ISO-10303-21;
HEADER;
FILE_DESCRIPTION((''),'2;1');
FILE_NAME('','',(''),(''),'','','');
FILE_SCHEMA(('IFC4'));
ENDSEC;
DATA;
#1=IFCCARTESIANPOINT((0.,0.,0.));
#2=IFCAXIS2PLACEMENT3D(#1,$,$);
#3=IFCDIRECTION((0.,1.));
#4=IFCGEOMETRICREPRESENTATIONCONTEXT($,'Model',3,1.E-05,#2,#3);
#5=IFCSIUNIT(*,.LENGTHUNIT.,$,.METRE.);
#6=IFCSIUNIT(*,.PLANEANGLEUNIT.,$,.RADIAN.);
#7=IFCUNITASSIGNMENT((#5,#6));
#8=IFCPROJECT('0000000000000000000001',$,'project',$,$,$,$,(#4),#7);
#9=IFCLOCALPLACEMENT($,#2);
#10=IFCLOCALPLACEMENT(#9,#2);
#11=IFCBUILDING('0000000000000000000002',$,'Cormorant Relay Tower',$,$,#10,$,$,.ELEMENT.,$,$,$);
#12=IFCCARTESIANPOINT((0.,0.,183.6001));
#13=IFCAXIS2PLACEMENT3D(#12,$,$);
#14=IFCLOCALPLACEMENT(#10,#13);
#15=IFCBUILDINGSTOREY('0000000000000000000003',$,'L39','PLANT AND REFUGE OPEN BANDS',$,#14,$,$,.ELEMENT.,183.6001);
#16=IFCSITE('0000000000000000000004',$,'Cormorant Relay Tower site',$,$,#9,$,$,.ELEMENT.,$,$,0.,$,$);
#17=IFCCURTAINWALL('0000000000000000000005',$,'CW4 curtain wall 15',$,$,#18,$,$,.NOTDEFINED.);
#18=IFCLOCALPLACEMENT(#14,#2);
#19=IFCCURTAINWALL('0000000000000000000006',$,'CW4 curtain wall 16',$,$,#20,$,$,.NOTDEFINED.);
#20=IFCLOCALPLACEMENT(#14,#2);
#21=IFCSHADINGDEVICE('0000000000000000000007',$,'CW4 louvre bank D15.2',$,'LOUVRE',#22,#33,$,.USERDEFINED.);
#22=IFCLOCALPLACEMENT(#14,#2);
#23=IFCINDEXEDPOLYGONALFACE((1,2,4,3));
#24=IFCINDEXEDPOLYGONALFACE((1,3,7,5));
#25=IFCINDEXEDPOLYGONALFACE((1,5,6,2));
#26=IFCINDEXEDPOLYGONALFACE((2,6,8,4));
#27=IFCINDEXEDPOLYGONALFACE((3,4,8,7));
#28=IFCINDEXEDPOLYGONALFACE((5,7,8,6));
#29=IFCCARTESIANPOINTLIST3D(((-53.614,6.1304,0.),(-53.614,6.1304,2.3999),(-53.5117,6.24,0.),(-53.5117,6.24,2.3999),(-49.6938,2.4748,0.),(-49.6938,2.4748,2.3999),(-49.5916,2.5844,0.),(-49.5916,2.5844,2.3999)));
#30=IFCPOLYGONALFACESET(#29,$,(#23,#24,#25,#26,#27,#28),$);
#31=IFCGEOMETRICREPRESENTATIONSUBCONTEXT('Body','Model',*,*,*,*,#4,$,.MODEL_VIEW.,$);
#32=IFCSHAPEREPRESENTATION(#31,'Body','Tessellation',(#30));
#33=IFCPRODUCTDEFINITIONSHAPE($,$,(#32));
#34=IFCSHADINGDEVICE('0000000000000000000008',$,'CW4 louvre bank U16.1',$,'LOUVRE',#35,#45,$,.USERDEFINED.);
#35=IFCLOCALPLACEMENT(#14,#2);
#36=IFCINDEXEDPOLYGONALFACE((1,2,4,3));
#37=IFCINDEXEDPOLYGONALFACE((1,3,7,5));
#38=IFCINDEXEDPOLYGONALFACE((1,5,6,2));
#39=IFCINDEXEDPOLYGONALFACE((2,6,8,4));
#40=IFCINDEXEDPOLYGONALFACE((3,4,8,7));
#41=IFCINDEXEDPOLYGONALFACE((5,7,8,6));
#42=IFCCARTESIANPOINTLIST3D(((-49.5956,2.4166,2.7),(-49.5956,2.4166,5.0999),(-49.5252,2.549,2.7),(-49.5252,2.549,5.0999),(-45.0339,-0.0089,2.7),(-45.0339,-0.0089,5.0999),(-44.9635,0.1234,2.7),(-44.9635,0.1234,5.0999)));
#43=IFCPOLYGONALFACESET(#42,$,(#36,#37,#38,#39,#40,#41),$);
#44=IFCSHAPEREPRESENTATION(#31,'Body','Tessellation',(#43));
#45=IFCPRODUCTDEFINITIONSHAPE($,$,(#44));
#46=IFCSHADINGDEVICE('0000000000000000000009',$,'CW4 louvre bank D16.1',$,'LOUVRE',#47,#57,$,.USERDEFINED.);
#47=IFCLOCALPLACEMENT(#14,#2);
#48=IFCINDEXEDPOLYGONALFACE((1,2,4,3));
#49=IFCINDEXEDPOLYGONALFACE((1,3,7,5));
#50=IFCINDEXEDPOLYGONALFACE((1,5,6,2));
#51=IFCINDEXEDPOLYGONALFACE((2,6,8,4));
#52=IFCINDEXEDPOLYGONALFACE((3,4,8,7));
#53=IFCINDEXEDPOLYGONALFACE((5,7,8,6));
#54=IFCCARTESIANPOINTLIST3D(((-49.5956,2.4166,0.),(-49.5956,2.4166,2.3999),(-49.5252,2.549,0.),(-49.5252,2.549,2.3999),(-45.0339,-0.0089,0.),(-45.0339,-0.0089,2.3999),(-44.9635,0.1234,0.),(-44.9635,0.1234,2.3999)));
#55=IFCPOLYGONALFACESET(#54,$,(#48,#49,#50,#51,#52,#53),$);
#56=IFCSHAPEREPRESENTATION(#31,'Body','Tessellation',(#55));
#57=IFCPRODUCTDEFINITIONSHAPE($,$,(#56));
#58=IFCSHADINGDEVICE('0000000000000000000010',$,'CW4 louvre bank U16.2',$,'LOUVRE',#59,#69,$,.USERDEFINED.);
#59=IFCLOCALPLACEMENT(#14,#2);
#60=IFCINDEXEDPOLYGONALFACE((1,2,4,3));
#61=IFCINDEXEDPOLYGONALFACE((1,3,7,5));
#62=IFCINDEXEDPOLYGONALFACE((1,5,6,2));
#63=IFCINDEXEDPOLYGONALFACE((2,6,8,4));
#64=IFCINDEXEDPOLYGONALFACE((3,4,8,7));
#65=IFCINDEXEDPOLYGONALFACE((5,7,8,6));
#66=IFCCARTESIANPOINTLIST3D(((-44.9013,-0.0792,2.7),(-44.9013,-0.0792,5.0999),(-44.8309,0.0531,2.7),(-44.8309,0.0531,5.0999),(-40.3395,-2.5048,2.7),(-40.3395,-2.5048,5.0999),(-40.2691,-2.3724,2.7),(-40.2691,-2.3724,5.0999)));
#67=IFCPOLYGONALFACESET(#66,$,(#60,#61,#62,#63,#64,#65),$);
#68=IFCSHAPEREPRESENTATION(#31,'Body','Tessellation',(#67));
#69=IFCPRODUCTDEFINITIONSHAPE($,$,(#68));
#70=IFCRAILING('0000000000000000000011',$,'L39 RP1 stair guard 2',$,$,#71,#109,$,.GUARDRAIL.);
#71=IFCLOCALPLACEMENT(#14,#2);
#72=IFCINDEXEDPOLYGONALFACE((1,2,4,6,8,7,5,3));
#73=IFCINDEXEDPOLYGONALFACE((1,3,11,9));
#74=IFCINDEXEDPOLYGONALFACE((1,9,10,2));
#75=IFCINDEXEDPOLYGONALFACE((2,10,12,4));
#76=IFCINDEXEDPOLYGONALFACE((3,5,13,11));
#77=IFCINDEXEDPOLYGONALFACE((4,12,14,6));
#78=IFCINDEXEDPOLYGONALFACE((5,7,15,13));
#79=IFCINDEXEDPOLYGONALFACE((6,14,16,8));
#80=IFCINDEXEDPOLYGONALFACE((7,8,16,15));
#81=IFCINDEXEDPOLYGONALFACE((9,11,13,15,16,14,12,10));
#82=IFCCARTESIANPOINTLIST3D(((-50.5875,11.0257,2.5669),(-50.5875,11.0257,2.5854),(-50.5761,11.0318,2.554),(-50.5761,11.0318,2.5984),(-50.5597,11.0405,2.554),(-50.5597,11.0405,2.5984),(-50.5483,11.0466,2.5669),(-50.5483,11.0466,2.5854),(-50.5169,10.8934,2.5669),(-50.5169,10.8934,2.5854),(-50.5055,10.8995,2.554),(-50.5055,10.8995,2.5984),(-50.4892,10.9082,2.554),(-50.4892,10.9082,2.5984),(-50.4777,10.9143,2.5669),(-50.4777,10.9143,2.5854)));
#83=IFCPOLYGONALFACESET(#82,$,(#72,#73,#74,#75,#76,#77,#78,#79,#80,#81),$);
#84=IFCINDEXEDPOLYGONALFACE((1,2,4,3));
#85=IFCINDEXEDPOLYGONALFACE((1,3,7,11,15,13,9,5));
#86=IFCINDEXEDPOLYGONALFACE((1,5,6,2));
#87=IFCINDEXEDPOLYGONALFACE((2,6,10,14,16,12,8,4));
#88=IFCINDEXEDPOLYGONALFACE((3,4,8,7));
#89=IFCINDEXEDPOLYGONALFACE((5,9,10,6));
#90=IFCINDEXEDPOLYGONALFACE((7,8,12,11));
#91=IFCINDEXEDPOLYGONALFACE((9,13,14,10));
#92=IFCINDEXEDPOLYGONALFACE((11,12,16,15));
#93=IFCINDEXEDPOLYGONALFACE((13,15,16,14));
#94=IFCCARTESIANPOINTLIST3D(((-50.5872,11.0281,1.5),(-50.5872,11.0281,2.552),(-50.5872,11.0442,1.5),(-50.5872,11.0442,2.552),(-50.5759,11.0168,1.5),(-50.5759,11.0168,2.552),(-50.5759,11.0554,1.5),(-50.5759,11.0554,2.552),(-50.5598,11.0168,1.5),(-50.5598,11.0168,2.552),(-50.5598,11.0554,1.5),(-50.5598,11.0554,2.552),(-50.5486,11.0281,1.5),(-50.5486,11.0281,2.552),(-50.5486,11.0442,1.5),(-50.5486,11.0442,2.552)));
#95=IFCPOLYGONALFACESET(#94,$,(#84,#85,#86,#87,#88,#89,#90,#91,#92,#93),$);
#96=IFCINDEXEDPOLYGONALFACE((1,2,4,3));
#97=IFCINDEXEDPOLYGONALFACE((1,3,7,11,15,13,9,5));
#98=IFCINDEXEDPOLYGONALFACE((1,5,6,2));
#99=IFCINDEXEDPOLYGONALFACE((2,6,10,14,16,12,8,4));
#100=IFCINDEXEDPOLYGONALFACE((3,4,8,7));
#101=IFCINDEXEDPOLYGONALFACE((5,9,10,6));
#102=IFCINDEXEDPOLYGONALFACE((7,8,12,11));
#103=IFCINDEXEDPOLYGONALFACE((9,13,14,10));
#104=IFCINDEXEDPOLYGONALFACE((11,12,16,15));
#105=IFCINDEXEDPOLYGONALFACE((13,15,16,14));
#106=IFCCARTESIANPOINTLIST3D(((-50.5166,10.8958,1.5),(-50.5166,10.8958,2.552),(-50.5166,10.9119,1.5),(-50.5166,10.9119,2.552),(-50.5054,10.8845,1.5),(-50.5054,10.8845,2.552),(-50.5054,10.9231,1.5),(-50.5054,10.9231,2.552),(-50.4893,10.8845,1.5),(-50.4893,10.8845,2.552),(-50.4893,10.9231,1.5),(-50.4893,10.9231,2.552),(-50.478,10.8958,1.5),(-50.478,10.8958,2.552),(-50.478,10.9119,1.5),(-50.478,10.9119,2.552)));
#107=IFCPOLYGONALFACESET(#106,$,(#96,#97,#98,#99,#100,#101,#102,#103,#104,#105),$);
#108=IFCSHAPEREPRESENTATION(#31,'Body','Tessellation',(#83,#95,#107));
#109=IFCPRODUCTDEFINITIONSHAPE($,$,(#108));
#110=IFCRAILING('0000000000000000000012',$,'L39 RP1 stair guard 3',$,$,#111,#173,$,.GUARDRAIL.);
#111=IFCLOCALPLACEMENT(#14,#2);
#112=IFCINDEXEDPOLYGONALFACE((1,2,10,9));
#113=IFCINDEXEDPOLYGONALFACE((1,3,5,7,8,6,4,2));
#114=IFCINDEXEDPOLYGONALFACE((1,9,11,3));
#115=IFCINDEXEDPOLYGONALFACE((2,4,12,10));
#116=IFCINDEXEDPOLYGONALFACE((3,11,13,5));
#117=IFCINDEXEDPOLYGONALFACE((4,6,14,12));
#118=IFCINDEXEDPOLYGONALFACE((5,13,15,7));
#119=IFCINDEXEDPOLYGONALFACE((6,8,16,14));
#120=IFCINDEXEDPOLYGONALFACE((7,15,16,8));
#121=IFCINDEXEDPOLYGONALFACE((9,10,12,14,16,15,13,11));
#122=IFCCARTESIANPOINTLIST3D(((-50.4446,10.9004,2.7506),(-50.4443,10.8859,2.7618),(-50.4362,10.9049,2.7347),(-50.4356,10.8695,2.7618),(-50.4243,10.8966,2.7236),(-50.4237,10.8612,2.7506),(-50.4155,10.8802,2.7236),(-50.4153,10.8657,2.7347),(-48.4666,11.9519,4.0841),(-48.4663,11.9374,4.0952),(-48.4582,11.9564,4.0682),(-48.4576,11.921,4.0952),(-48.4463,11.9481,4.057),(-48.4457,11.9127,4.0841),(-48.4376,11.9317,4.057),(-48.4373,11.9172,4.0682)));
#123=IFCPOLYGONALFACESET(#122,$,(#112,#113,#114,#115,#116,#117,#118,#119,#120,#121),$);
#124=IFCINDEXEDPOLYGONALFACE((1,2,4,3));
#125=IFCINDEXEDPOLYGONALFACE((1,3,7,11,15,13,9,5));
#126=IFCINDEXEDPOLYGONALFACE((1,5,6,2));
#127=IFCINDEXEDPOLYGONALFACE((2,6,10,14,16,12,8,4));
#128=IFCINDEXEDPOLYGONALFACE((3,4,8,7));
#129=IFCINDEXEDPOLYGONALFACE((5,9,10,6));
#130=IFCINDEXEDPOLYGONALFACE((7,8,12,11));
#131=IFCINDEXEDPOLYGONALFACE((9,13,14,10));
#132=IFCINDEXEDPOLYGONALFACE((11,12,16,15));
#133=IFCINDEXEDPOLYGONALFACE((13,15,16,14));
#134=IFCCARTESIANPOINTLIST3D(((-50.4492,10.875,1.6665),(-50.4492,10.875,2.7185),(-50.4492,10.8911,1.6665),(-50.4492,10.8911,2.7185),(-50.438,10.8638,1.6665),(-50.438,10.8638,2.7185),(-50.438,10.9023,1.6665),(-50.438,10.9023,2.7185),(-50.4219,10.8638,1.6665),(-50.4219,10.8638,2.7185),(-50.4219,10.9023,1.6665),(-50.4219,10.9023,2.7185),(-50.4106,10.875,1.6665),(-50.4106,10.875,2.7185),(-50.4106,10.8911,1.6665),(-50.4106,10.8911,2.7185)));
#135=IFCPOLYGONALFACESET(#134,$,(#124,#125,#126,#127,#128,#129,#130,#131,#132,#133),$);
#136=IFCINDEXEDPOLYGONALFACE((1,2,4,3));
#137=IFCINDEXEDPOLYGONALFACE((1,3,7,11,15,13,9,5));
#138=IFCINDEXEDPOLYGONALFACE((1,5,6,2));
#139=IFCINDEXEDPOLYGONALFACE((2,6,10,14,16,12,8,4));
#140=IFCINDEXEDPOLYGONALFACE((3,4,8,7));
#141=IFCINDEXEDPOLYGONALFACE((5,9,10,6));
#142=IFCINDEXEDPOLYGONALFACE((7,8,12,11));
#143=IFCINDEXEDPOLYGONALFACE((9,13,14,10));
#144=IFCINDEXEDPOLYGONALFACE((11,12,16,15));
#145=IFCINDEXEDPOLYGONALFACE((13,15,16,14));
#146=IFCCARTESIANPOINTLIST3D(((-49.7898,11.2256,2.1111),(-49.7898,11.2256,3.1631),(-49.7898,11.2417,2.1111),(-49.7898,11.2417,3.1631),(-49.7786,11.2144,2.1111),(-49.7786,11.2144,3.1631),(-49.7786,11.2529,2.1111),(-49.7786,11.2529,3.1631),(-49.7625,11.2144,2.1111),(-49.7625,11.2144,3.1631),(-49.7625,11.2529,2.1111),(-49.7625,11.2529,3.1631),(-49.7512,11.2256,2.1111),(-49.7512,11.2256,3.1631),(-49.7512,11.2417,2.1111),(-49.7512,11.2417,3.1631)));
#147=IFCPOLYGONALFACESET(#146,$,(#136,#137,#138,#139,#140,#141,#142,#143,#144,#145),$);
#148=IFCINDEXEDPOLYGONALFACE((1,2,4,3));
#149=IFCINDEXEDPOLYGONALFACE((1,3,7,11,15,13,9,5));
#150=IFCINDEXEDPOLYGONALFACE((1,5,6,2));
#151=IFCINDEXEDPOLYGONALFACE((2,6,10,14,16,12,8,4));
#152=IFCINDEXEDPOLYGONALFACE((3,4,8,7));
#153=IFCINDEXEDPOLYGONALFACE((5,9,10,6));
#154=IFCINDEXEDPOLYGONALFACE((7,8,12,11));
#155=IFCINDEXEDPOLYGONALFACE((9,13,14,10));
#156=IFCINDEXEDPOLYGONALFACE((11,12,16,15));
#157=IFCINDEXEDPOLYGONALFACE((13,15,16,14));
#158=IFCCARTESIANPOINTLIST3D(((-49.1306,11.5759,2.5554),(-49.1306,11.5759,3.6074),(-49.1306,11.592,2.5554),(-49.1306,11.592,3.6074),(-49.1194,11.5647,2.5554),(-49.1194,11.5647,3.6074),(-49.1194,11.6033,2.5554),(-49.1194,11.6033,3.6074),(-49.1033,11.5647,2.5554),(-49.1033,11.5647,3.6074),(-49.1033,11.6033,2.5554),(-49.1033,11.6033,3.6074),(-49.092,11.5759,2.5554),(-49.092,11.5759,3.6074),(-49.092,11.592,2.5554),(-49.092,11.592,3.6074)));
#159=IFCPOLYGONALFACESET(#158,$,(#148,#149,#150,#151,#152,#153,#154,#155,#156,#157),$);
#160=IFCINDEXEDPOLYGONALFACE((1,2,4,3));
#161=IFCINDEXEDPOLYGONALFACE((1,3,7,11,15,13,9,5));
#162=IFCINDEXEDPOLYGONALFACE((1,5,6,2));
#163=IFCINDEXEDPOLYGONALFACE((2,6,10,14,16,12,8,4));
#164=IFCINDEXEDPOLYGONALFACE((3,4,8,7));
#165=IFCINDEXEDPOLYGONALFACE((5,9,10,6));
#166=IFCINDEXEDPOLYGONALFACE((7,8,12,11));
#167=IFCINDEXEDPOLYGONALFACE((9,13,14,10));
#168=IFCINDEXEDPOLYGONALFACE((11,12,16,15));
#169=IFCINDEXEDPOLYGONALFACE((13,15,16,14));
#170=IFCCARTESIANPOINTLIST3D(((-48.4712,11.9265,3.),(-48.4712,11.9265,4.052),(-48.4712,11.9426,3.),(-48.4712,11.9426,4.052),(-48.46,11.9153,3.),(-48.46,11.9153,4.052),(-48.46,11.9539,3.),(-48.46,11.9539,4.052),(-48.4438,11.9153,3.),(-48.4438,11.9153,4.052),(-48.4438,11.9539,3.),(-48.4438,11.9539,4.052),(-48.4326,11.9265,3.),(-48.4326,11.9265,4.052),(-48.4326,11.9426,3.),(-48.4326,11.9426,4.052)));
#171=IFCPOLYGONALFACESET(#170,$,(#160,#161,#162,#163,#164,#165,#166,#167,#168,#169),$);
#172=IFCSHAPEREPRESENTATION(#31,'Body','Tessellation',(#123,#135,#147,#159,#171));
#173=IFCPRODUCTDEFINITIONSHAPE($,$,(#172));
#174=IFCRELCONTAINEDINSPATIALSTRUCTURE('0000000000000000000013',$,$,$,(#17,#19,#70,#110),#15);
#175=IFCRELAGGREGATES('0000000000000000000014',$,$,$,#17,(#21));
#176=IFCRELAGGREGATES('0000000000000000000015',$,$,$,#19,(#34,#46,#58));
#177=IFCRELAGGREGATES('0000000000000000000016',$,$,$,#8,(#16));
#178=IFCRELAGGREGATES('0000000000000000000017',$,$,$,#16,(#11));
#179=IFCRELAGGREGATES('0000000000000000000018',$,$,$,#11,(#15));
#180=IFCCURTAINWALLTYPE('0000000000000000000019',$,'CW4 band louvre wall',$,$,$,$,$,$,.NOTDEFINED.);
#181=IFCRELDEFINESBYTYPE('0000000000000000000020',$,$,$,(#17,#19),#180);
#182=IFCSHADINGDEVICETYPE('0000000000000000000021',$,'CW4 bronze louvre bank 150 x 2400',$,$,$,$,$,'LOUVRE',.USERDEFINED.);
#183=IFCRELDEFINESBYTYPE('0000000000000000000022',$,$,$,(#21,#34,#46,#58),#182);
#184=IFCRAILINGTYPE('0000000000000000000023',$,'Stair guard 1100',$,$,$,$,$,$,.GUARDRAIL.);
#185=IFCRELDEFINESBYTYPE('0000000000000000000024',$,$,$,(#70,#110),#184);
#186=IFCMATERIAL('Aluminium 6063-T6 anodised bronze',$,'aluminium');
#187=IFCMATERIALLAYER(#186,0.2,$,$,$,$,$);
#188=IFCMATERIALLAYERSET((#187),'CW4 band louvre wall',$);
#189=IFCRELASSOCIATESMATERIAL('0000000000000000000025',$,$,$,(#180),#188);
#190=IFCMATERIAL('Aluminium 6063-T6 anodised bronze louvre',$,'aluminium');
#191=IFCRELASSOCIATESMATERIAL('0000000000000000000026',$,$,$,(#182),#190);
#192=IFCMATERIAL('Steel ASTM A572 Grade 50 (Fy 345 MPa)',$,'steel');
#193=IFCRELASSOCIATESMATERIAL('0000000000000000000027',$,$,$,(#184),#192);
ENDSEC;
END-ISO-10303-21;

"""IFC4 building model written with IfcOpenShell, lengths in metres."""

from ifc_helpers import new_model, si_unit, direction, frame, origin, origin_2d, place, context, subcontext, project, spatial, polyline, rectangle, outline, extrude, material, layer, layer_set, type_object, element, aggregate, save


model = new_model("IFC4")

# Units and contexts
model_context = context("Model", 3, precision=1e-05, world=origin(), true_north=direction((0.0, 1.0)))
body_context = subcontext(model_context, "Body", "Model", "MODEL_VIEW")
ifc_project = project(units=[si_unit("LENGTHUNIT", "METRE"), si_unit("PLANEANGLEUNIT", "RADIAN")], contexts=[model_context])

# Site, building, storey
site_placement = place(None, origin())
site = spatial("IfcSite", under=ifc_project, at=site_placement, Name="Cormorant Relay Tower site", CompositionType="ELEMENT", RefElevation=0.0)
building_placement = place(site_placement, origin())
building = spatial("IfcBuilding", under=site, at=building_placement, Name="Cormorant Relay Tower", CompositionType="ELEMENT")
storey_placement = place(building_placement, frame((0.0, 0.0, 183.6001)))
storey = spatial("IfcBuildingStorey", under=building, at=storey_placement, Name="L39", Description="PLANT AND REFUGE OPEN BANDS", CompositionType="ELEMENT", Elevation=183.6001)

# Curtain walls
ifc_material_1 = material(Name="Aluminium 6063-T6 anodised bronze", Category="aluminium")
ifc_layer_1 = layer(ifc_material_1, 0.2)
ifc_layer_set_1 = layer_set([ifc_layer_1], Name="CW4 band louvre wall")
curtain_wall_type = type_object("IfcCurtainWallType", Name="CW4 band louvre wall", PredefinedType="NOTDEFINED", material=ifc_layer_set_1)
curtain_wall_1_placement = place(storey_placement, origin())
curtain_wall_1 = element("IfcCurtainWall", 1, at=curtain_wall_1_placement, inside=storey, type_object=curtain_wall_type, Name="CW4 curtain wall 15", PredefinedType="NOTDEFINED")
curtain_wall_2_placement = place(storey_placement, origin())
curtain_wall_2 = element("IfcCurtainWall", 2, at=curtain_wall_2_placement, inside=storey, type_object=curtain_wall_type, Name="CW4 curtain wall 16", PredefinedType="NOTDEFINED")

# Shading devices
ifc_material_2 = material(Name="Aluminium 6063-T6 anodised bronze louvre", Category="aluminium")
shading_device_type = type_object("IfcShadingDeviceType", Name="CW4 bronze louvre bank 150 x 2400", ElementType="LOUVRE", PredefinedType="USERDEFINED", material=ifc_material_2)
shading_device_1_placement = place(storey_placement, frame((-51.6028, 4.3574, 0.0), z_axis=(0.0, 0.0, 1.0), x_axis=(0.731354, -0.681998, 0.0)))
shading_device_1 = element("IfcShadingDevice", 3, at=shading_device_1_placement, type_object=shading_device_type, Name="CW4 louvre bank D15.2", ObjectType="LOUVRE", PredefinedType="USERDEFINED", context=body_context, shape_type="SweptSolid", body=[
    extrude(rectangle(XDim=5.3601, YDim=0.1499, at=origin_2d()), origin(), (0.0, 0.0, 1.0), 2.3999),
])
aggregate(curtain_wall_1, [shading_device_1])
shading_device_2_placement = place(storey_placement, frame((-47.2795, 1.27, 2.7), z_axis=(0.0, 0.0, 1.0), x_axis=(0.882948, -0.469472, 0.0)))
shading_device_2 = element("IfcShadingDevice", 4, at=shading_device_2_placement, type_object=shading_device_type, Name="CW4 louvre bank U16.1", ObjectType="LOUVRE", PredefinedType="USERDEFINED", context=body_context, shape_type="SweptSolid", body=[
    extrude(rectangle(XDim=5.1665, YDim=0.1499, at=origin_2d()), origin(), (0.0, 0.0, 1.0), 2.3999),
])
shading_device_3_placement = place(storey_placement, frame((-47.2795, 1.27, 0.0), z_axis=(0.0, 0.0, 1.0), x_axis=(0.882948, -0.469472, 0.0)))
shading_device_3 = element("IfcShadingDevice", 5, at=shading_device_3_placement, type_object=shading_device_type, Name="CW4 louvre bank D16.1", ObjectType="LOUVRE", PredefinedType="USERDEFINED", context=body_context, shape_type="SweptSolid", body=[
    extrude(rectangle(XDim=5.1665, YDim=0.1499, at=origin_2d()), origin(), (0.0, 0.0, 1.0), 2.3999),
])
shading_device_4_placement = place(storey_placement, frame((-42.5852, -1.2258, 2.7), z_axis=(0.0, 0.0, 1.0), x_axis=(0.882948, -0.469472, 0.0)))
shading_device_4 = element("IfcShadingDevice", 6, at=shading_device_4_placement, type_object=shading_device_type, Name="CW4 louvre bank U16.2", ObjectType="LOUVRE", PredefinedType="USERDEFINED", context=body_context, shape_type="SweptSolid", body=[
    extrude(rectangle(XDim=5.1665, YDim=0.1499, at=origin_2d()), origin(), (0.0, 0.0, 1.0), 2.3999),
])
aggregate(curtain_wall_2, [shading_device_2, shading_device_3, shading_device_4])

# Railings
ifc_material_3 = material(Name="Steel ASTM A572 Grade 50 (Fy 345 MPa)", Category="steel")
railing_type_1 = type_object("IfcRailingType", Name="Stair guard 1100", PredefinedType="GUARDRAIL", material=ifc_material_3)
railing_1_placement = place(storey_placement, frame((-50.5679, 11.0361, 1.5)))
element("IfcRailing", 7, at=railing_1_placement, inside=storey, type_object=railing_type_1, Name="L39 RP1 stair guard 2", PredefinedType="GUARDRAIL", context=body_context, shape_type="SweptSolid", body=[
    extrude(outline(polyline([(0.0222, 0.0093), (0.0093, 0.0222), (-0.0093, 0.0222), (-0.0222, 0.0093), (-0.0222, -0.0093), (-0.0093, -0.0222), (0.0093, -0.0222), (0.0222, -0.0093), (0.0222, 0.0093)])), frame((0.0, 0.0, 1.0762), z_axis=(0.470504, -0.882398, 0.0), x_axis=(0.882398, 0.470504, 0.0)), (0.0, 0.0, 1.0), 0.1499),
    extrude(outline(polyline([(0.0193, 0.0081), (0.0081, 0.0193), (-0.0081, 0.0193), (-0.0193, 0.0081), (-0.0193, -0.0081), (-0.0081, -0.0193), (0.0081, -0.0193), (0.0193, -0.0081), (0.0193, 0.0081)])), origin(), (0.0, 0.0, 1.0), 1.052),
    extrude(outline(polyline([(0.0193, 0.0081), (0.0081, 0.0193), (-0.0081, 0.0193), (-0.0193, 0.0081), (-0.0193, -0.0081), (-0.0081, -0.0193), (0.0081, -0.0193), (0.0193, -0.0081), (0.0193, 0.0081)])), frame((0.0706, -0.1323, 0.0)), (0.0, 0.0, 1.0), 1.052),
])
railing_2_placement = place(storey_placement, frame((-50.4299, 10.8831, 1.6665)))
element("IfcRailing", 8, at=railing_2_placement, inside=storey, type_object=railing_type_1, Name="L39 RP1 stair guard 3", PredefinedType="GUARDRAIL", context=body_context, shape_type="SweptSolid", body=[
    extrude(outline(polyline([(0.0222, 0.0093), (0.0093, 0.0222), (-0.0093, 0.0222), (-0.0222, 0.0093), (-0.0222, -0.0093), (-0.0093, -0.0222), (0.0093, -0.0222), (0.0222, -0.0093), (0.0222, 0.0093)])), frame((0.0, 0.0, 1.0762), z_axis=(0.758735, 0.403341, 0.511505), x_axis=(-0.469394, 0.882989, 0.0)), (0.0, 0.0, 1.0), 2.6069),
    extrude(outline(polyline([(0.0193, 0.0081), (0.0081, 0.0193), (-0.0081, 0.0193), (-0.0193, 0.0081), (-0.0193, -0.0081), (-0.0081, -0.0193), (0.0081, -0.0193), (0.0193, -0.0081), (0.0193, 0.0081)])), origin(), (0.0, 0.0, 1.0), 1.052),
    extrude(outline(polyline([(0.0193, 0.0081), (0.0081, 0.0193), (-0.0081, 0.0193), (-0.0193, 0.0081), (-0.0193, -0.0081), (-0.0081, -0.0193), (0.0081, -0.0193), (0.0193, -0.0081), (0.0193, 0.0081)])), frame((0.6594, 0.3506, 0.4446)), (0.0, 0.0, 1.0), 1.052),
    extrude(outline(polyline([(0.0193, 0.0081), (0.0081, 0.0193), (-0.0081, 0.0193), (-0.0193, 0.0081), (-0.0193, -0.0081), (-0.0081, -0.0193), (0.0081, -0.0193), (0.0193, -0.0081), (0.0193, 0.0081)])), frame((1.3186, 0.7009, 0.8889)), (0.0, 0.0, 1.0), 1.052),
    extrude(outline(polyline([(0.0193, 0.0081), (0.0081, 0.0193), (-0.0081, 0.0193), (-0.0193, 0.0081), (-0.0193, -0.0081), (-0.0081, -0.0193), (0.0081, -0.0193), (0.0193, -0.0081), (0.0193, 0.0081)])), frame((1.978, 1.0515, 1.3335)), (0.0, 0.0, 1.0), 1.052),
])

save(model, "model.ifc")
